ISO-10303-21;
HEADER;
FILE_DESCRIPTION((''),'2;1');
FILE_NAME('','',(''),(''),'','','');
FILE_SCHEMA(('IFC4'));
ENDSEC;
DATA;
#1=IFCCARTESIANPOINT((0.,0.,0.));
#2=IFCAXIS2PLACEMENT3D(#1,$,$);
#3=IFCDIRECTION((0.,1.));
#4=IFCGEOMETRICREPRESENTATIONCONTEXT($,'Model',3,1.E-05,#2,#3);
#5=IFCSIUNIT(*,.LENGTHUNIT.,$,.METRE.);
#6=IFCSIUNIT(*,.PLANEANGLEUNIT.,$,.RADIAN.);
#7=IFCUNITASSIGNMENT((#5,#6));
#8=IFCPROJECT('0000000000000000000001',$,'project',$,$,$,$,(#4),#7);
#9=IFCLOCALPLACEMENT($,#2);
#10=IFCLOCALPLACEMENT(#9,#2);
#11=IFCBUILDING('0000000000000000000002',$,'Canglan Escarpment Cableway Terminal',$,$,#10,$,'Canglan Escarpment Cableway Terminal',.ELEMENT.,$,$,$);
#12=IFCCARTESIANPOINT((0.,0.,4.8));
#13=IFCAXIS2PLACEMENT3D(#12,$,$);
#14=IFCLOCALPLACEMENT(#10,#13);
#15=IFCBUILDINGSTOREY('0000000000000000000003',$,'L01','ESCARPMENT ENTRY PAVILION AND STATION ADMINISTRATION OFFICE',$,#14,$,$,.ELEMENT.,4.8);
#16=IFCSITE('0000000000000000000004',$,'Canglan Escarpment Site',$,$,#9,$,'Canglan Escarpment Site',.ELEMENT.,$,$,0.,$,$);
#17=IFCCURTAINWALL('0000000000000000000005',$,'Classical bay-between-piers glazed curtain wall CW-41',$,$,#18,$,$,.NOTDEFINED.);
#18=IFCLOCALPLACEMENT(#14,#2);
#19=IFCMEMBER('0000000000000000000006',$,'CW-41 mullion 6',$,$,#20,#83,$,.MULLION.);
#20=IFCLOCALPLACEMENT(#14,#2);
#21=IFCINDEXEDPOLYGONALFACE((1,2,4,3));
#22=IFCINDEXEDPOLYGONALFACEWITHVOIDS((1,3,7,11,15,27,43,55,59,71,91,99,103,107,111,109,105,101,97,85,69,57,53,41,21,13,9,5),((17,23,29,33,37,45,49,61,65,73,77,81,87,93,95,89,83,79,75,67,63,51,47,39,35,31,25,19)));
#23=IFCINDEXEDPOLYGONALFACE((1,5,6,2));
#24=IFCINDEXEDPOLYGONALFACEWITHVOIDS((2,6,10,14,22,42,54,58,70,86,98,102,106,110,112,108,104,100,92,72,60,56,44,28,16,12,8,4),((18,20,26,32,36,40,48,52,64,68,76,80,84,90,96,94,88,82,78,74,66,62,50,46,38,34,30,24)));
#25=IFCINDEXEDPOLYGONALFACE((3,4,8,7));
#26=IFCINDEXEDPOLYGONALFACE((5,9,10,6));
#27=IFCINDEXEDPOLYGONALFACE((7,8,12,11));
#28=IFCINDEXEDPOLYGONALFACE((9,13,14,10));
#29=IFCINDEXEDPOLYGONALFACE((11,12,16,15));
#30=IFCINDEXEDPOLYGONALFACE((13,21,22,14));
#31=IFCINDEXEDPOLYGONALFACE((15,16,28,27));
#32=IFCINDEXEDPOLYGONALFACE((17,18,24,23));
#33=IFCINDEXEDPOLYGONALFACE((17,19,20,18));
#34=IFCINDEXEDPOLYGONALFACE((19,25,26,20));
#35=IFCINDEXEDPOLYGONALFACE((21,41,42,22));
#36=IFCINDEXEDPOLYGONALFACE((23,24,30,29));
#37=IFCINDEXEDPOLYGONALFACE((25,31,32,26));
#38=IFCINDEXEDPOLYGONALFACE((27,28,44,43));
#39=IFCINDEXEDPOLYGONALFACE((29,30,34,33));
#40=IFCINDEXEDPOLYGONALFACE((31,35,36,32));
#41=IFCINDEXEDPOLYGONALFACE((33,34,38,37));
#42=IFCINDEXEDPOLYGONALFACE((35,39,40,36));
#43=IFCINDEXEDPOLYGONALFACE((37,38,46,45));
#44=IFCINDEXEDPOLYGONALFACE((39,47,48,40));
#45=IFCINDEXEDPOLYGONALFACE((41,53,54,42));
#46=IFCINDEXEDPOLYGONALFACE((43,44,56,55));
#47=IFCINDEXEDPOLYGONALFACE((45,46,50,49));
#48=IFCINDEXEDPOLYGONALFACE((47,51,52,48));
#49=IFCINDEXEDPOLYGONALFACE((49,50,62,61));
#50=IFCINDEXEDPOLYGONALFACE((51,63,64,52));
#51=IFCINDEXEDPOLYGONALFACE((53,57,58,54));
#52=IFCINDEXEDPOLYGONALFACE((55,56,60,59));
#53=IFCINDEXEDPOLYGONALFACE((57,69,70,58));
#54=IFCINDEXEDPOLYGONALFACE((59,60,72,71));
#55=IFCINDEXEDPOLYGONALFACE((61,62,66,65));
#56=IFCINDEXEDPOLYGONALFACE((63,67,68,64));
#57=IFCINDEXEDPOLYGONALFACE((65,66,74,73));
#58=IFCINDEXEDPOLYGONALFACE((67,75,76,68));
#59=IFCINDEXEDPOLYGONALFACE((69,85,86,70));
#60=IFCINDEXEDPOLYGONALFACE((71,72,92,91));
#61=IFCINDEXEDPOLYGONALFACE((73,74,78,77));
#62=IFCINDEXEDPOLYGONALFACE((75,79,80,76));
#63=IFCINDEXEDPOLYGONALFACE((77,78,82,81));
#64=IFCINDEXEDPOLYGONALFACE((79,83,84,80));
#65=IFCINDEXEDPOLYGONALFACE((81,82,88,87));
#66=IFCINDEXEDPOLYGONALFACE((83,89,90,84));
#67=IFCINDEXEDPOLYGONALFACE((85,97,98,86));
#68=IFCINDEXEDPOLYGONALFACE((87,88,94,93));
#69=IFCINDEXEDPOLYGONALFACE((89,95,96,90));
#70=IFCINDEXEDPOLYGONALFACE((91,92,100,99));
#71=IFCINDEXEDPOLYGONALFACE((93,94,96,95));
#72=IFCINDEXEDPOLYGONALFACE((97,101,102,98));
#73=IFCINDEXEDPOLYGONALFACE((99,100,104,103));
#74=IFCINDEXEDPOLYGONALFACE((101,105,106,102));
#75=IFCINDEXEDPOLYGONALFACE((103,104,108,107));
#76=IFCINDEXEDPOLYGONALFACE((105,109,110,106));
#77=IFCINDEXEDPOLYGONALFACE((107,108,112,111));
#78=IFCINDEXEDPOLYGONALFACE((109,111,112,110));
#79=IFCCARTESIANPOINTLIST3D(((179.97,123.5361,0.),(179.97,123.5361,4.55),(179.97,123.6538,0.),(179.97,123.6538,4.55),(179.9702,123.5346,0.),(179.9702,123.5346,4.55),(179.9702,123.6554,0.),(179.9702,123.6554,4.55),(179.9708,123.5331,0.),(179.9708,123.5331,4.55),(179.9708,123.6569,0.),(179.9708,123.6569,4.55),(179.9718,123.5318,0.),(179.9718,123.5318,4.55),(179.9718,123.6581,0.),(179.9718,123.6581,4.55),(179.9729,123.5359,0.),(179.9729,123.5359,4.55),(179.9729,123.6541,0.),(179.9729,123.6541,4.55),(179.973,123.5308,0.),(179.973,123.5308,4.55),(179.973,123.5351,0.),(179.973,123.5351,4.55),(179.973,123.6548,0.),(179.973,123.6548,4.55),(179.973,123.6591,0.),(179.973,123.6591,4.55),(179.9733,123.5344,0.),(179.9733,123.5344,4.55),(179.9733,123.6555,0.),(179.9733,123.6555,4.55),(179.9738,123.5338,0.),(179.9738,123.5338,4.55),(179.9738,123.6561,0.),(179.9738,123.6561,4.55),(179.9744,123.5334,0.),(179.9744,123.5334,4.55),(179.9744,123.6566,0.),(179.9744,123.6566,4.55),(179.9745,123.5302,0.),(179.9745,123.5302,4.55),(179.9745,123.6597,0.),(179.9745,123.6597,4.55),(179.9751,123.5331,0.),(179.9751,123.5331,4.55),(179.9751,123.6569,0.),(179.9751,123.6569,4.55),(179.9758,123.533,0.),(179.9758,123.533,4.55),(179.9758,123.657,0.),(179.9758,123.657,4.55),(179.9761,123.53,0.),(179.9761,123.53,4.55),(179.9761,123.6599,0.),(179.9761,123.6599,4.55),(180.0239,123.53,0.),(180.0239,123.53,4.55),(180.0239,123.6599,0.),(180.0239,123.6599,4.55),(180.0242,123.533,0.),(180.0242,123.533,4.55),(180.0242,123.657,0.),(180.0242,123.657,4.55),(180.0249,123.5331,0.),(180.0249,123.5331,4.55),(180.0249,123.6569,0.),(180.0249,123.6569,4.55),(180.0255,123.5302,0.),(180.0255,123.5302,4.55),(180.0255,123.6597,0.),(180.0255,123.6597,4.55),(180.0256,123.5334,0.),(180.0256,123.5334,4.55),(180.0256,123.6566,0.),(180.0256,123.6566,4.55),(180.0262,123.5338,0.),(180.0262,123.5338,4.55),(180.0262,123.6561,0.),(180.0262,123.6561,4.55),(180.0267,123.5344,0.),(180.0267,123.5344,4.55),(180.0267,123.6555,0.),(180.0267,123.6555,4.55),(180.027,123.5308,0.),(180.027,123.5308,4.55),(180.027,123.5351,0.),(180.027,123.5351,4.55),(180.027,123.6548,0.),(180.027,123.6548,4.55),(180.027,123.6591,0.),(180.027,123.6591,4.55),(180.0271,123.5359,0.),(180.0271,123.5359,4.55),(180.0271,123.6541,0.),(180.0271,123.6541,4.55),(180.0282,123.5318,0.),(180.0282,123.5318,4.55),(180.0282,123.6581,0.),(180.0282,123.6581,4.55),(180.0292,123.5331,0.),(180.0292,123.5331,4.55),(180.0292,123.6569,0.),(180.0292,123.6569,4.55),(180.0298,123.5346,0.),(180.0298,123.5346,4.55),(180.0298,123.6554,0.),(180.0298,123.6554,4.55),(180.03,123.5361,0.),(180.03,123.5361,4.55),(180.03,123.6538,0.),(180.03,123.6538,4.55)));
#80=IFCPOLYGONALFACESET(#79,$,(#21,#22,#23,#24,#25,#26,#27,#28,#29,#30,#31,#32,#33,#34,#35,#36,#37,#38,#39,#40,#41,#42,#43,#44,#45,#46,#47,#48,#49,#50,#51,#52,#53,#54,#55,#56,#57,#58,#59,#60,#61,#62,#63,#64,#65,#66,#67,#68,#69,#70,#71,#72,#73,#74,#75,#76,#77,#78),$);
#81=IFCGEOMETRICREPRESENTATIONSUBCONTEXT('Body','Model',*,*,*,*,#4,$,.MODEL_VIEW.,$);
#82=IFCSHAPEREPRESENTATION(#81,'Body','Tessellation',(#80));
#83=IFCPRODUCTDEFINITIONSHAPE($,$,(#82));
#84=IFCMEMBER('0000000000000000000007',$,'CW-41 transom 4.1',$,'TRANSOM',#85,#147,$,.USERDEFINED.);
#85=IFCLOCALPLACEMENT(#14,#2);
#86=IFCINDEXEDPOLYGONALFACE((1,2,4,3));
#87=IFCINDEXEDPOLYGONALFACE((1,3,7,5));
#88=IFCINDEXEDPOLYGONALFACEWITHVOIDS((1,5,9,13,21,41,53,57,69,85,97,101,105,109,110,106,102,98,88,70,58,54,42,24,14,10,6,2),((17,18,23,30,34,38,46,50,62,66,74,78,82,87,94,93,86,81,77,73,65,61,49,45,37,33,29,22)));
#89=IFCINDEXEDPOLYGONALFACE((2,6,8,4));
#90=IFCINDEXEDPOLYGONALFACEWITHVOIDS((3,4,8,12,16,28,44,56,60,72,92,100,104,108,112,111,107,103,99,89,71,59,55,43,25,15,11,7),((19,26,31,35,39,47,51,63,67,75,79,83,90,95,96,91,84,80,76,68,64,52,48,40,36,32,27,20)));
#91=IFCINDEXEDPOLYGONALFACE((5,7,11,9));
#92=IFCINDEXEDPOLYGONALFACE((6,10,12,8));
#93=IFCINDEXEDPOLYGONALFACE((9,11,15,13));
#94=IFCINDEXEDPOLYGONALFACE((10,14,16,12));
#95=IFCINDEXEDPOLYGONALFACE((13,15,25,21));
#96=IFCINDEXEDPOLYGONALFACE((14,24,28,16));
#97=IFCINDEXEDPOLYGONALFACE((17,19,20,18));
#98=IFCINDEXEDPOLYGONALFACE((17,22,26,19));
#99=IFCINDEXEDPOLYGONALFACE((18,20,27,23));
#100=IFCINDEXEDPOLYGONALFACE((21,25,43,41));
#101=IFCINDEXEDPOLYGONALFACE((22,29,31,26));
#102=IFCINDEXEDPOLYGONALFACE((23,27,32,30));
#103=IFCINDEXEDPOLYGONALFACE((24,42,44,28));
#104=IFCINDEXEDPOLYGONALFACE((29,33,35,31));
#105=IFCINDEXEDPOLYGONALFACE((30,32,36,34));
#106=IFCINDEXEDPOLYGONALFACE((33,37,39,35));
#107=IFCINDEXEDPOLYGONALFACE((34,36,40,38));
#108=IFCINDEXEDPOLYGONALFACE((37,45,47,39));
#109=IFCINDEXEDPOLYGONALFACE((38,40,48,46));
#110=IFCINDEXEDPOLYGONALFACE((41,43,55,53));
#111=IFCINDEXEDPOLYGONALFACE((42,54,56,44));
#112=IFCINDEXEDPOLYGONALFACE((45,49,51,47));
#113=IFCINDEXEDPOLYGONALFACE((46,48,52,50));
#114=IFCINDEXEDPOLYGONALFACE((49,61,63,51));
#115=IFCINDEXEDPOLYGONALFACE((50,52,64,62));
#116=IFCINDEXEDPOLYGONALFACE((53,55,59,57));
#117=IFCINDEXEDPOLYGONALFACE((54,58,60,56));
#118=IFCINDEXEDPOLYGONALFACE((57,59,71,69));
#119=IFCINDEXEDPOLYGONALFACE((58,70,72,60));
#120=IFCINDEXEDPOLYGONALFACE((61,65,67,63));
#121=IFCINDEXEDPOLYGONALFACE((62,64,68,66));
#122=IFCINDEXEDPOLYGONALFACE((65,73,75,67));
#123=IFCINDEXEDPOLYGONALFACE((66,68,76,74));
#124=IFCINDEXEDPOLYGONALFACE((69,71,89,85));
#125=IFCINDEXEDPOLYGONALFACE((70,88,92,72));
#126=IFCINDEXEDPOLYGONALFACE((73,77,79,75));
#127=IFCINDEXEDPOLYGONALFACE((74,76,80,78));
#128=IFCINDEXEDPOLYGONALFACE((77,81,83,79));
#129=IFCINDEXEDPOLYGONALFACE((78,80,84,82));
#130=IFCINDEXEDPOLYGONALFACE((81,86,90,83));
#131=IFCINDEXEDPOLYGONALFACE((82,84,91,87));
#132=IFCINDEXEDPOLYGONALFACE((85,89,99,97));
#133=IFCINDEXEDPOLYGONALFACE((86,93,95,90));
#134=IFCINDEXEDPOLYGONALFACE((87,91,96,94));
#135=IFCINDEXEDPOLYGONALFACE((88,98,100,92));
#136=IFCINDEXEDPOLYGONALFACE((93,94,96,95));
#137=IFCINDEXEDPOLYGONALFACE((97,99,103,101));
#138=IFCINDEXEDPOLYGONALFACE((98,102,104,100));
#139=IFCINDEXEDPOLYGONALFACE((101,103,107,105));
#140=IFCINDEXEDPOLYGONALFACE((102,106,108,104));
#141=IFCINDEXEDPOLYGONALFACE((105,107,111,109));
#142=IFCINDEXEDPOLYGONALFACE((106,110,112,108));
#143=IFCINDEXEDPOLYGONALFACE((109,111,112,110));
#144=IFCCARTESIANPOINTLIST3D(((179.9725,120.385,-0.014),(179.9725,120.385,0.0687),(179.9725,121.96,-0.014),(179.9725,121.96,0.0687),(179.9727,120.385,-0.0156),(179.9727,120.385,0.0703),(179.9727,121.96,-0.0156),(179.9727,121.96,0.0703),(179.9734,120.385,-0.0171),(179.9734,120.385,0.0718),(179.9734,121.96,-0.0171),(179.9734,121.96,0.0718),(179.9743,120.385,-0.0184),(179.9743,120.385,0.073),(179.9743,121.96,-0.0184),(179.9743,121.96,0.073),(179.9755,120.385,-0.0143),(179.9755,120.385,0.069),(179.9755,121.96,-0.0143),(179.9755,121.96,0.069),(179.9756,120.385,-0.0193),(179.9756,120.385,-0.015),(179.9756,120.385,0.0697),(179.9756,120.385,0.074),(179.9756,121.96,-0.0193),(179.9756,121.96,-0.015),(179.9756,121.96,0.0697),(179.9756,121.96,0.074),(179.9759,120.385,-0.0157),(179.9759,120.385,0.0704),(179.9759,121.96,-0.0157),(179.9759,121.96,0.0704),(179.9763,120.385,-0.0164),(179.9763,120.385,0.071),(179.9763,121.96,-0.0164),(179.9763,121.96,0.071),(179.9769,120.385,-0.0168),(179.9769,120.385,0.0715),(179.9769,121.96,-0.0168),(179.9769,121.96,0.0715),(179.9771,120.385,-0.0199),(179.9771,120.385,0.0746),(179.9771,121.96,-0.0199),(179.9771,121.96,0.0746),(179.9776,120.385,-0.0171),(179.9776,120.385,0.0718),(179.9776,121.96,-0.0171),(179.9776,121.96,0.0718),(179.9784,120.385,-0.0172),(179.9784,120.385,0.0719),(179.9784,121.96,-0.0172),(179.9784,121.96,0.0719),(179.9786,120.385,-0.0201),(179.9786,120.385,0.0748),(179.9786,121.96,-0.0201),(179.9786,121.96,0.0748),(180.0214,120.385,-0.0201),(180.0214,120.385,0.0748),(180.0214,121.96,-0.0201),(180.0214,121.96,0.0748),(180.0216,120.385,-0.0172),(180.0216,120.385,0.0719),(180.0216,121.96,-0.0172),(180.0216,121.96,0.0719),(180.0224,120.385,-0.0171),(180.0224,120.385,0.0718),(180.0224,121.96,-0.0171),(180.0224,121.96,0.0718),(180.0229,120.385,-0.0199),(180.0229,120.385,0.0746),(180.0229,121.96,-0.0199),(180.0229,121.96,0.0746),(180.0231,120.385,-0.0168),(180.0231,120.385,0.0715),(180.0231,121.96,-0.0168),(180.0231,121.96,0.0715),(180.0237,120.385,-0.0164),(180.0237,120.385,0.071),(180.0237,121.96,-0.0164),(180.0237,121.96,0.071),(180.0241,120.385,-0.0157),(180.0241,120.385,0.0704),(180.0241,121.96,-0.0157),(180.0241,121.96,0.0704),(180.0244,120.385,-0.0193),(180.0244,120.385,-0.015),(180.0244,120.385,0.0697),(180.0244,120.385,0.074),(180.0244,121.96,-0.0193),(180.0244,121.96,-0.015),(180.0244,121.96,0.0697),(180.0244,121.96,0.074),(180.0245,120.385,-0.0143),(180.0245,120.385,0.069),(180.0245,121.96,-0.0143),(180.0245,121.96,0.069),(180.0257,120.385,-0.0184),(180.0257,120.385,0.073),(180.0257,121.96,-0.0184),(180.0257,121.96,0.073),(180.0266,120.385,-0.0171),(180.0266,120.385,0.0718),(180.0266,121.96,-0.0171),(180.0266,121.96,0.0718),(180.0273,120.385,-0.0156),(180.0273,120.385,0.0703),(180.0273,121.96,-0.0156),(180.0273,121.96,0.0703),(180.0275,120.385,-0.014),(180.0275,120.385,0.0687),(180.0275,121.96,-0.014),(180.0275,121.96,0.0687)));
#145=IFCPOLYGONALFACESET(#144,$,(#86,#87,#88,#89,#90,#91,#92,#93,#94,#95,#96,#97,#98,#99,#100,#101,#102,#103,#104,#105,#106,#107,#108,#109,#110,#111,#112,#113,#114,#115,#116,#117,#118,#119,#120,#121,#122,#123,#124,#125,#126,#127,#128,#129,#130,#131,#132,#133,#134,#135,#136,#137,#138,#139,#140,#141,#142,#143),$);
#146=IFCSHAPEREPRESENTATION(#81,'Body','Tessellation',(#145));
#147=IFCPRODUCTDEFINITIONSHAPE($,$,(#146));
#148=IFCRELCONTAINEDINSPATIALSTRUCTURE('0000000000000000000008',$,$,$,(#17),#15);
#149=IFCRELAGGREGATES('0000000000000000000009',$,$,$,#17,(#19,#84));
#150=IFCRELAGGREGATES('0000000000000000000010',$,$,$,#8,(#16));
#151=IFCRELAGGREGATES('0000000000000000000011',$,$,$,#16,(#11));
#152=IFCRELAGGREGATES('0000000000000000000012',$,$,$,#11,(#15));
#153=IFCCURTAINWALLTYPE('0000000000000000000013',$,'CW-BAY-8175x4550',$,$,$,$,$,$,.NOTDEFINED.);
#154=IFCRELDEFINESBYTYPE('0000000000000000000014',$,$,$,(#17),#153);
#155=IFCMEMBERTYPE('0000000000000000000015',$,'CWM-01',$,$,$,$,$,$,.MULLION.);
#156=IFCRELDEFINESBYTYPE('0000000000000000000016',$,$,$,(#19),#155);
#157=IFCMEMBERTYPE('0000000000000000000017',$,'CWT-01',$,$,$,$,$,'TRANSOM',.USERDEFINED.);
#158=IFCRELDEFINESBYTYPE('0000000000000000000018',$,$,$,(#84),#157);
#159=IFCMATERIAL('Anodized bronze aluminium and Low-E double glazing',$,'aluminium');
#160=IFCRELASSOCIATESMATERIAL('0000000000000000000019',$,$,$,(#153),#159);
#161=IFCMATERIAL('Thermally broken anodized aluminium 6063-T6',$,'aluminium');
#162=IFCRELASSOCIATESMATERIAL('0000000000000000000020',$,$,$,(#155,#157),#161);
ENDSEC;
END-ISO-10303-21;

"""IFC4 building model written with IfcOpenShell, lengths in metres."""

from ifc_helpers import new_model, si_unit, direction, frame, origin, origin_2d, place, context, subcontext, project, spatial, hollow_rectangle, extrude, material, material_profile, profile_set, type_object, element, aggregate, save


model = new_model("IFC4")

# Units and contexts
model_context = context("Model", 3, precision=1e-05, world=origin(), true_north=direction((0.0, 1.0)))
body_context = subcontext(model_context, "Body", "Model", "MODEL_VIEW")
ifc_project = project(units=[si_unit("LENGTHUNIT", "METRE"), si_unit("PLANEANGLEUNIT", "RADIAN")], contexts=[model_context])

# Site, building, storey
site_placement = place(None, origin())
site = spatial("IfcSite", under=ifc_project, at=site_placement, Name="Canglan Escarpment Site", LongName="Canglan Escarpment Site", CompositionType="ELEMENT", RefElevation=0.0)
building_placement = place(site_placement, origin())
building = spatial("IfcBuilding", under=site, at=building_placement, Name="Canglan Escarpment Cableway Terminal", LongName="Canglan Escarpment Cableway Terminal", CompositionType="ELEMENT")
storey_placement = place(building_placement, frame((0.0, 0.0, 4.8)))
storey = spatial("IfcBuildingStorey", under=building, at=storey_placement, Name="L01", Description="ESCARPMENT ENTRY PAVILION AND STATION ADMINISTRATION OFFICE", CompositionType="ELEMENT", Elevation=4.8)

# Curtain wall, members
ifc_material_1 = material(Name="Anodized bronze aluminium and Low-E double glazing", Category="aluminium")
curtain_wall_type = type_object("IfcCurtainWallType", Name="CW-BAY-8175x4550", PredefinedType="NOTDEFINED", material=ifc_material_1)
curtain_wall_placement = place(storey_placement, origin())
curtain_wall = element("IfcCurtainWall", 1, at=curtain_wall_placement, inside=storey, type_object=curtain_wall_type, Name="Classical bay-between-piers glazed curtain wall CW-41", PredefinedType="NOTDEFINED")
ifc_material_2 = material(Name="Thermally broken anodized aluminium 6063-T6", Category="aluminium")
ifc_material_profile_1 = material_profile(ifc_material_2, hollow_rectangle(XDim=0.0601, YDim=0.1299, WallThickness=0.0029, InnerFilletRadius=0.0029, OuterFilletRadius=0.0061, at=origin_2d()), Name="ALU-MULL 60x130x3")
ifc_profile_set_1 = profile_set([ifc_material_profile_1], Name="Thermally broken anodized aluminium 6063-T6")
member_type_1 = type_object("IfcMemberType", Name="CWM-01", PredefinedType="MULLION", material=ifc_profile_set_1)
member_1_placement = place(storey_placement, frame((180.0, 123.595, 0.0), z_axis=(0.0, 0.0, 1.0), x_axis=(-1.0, 0.0, 0.0)))
member_1 = element("IfcMember", 2, at=member_1_placement, type_object=member_type_1, Name="CW-41 mullion 6", PredefinedType="MULLION", context=body_context, shape_type="SweptSolid", body=[
    extrude(hollow_rectangle(XDim=0.0601, YDim=0.1299, WallThickness=0.0029, InnerFilletRadius=0.0029, OuterFilletRadius=0.0061, at=origin_2d()), origin(), (0.0, 0.0, 1.0), 4.55),
])
ifc_material_profile_2 = material_profile(ifc_material_2, hollow_rectangle(XDim=0.0549, YDim=0.095, WallThickness=0.0029, InnerFilletRadius=0.0029, OuterFilletRadius=0.0061, at=origin_2d()), Name="ALU-TRAN 55x95x3")
ifc_profile_set_2 = profile_set([ifc_material_profile_2], Name="Thermally broken anodized aluminium 6063-T6")
member_type_2 = type_object("IfcMemberType", Name="CWT-01", ElementType="TRANSOM", PredefinedType="USERDEFINED", material=ifc_profile_set_2)
member_2_placement = place(storey_placement, frame((180.0, 120.385, 0.0273), z_axis=(0.0, 1.0, 0.0), x_axis=(-1.0, 0.0, 0.0)))
member_2 = element("IfcMember", 3, at=member_2_placement, type_object=member_type_2, Name="CW-41 transom 4.1", ObjectType="TRANSOM", PredefinedType="USERDEFINED", context=body_context, shape_type="SweptSolid", body=[
    extrude(hollow_rectangle(XDim=0.0549, YDim=0.095, WallThickness=0.0029, InnerFilletRadius=0.0029, OuterFilletRadius=0.0061, at=origin_2d()), origin(), (0.0, 0.0, 1.0), 1.575),
])
aggregate(curtain_wall, [member_1, member_2])

save(model, "model.ifc")
